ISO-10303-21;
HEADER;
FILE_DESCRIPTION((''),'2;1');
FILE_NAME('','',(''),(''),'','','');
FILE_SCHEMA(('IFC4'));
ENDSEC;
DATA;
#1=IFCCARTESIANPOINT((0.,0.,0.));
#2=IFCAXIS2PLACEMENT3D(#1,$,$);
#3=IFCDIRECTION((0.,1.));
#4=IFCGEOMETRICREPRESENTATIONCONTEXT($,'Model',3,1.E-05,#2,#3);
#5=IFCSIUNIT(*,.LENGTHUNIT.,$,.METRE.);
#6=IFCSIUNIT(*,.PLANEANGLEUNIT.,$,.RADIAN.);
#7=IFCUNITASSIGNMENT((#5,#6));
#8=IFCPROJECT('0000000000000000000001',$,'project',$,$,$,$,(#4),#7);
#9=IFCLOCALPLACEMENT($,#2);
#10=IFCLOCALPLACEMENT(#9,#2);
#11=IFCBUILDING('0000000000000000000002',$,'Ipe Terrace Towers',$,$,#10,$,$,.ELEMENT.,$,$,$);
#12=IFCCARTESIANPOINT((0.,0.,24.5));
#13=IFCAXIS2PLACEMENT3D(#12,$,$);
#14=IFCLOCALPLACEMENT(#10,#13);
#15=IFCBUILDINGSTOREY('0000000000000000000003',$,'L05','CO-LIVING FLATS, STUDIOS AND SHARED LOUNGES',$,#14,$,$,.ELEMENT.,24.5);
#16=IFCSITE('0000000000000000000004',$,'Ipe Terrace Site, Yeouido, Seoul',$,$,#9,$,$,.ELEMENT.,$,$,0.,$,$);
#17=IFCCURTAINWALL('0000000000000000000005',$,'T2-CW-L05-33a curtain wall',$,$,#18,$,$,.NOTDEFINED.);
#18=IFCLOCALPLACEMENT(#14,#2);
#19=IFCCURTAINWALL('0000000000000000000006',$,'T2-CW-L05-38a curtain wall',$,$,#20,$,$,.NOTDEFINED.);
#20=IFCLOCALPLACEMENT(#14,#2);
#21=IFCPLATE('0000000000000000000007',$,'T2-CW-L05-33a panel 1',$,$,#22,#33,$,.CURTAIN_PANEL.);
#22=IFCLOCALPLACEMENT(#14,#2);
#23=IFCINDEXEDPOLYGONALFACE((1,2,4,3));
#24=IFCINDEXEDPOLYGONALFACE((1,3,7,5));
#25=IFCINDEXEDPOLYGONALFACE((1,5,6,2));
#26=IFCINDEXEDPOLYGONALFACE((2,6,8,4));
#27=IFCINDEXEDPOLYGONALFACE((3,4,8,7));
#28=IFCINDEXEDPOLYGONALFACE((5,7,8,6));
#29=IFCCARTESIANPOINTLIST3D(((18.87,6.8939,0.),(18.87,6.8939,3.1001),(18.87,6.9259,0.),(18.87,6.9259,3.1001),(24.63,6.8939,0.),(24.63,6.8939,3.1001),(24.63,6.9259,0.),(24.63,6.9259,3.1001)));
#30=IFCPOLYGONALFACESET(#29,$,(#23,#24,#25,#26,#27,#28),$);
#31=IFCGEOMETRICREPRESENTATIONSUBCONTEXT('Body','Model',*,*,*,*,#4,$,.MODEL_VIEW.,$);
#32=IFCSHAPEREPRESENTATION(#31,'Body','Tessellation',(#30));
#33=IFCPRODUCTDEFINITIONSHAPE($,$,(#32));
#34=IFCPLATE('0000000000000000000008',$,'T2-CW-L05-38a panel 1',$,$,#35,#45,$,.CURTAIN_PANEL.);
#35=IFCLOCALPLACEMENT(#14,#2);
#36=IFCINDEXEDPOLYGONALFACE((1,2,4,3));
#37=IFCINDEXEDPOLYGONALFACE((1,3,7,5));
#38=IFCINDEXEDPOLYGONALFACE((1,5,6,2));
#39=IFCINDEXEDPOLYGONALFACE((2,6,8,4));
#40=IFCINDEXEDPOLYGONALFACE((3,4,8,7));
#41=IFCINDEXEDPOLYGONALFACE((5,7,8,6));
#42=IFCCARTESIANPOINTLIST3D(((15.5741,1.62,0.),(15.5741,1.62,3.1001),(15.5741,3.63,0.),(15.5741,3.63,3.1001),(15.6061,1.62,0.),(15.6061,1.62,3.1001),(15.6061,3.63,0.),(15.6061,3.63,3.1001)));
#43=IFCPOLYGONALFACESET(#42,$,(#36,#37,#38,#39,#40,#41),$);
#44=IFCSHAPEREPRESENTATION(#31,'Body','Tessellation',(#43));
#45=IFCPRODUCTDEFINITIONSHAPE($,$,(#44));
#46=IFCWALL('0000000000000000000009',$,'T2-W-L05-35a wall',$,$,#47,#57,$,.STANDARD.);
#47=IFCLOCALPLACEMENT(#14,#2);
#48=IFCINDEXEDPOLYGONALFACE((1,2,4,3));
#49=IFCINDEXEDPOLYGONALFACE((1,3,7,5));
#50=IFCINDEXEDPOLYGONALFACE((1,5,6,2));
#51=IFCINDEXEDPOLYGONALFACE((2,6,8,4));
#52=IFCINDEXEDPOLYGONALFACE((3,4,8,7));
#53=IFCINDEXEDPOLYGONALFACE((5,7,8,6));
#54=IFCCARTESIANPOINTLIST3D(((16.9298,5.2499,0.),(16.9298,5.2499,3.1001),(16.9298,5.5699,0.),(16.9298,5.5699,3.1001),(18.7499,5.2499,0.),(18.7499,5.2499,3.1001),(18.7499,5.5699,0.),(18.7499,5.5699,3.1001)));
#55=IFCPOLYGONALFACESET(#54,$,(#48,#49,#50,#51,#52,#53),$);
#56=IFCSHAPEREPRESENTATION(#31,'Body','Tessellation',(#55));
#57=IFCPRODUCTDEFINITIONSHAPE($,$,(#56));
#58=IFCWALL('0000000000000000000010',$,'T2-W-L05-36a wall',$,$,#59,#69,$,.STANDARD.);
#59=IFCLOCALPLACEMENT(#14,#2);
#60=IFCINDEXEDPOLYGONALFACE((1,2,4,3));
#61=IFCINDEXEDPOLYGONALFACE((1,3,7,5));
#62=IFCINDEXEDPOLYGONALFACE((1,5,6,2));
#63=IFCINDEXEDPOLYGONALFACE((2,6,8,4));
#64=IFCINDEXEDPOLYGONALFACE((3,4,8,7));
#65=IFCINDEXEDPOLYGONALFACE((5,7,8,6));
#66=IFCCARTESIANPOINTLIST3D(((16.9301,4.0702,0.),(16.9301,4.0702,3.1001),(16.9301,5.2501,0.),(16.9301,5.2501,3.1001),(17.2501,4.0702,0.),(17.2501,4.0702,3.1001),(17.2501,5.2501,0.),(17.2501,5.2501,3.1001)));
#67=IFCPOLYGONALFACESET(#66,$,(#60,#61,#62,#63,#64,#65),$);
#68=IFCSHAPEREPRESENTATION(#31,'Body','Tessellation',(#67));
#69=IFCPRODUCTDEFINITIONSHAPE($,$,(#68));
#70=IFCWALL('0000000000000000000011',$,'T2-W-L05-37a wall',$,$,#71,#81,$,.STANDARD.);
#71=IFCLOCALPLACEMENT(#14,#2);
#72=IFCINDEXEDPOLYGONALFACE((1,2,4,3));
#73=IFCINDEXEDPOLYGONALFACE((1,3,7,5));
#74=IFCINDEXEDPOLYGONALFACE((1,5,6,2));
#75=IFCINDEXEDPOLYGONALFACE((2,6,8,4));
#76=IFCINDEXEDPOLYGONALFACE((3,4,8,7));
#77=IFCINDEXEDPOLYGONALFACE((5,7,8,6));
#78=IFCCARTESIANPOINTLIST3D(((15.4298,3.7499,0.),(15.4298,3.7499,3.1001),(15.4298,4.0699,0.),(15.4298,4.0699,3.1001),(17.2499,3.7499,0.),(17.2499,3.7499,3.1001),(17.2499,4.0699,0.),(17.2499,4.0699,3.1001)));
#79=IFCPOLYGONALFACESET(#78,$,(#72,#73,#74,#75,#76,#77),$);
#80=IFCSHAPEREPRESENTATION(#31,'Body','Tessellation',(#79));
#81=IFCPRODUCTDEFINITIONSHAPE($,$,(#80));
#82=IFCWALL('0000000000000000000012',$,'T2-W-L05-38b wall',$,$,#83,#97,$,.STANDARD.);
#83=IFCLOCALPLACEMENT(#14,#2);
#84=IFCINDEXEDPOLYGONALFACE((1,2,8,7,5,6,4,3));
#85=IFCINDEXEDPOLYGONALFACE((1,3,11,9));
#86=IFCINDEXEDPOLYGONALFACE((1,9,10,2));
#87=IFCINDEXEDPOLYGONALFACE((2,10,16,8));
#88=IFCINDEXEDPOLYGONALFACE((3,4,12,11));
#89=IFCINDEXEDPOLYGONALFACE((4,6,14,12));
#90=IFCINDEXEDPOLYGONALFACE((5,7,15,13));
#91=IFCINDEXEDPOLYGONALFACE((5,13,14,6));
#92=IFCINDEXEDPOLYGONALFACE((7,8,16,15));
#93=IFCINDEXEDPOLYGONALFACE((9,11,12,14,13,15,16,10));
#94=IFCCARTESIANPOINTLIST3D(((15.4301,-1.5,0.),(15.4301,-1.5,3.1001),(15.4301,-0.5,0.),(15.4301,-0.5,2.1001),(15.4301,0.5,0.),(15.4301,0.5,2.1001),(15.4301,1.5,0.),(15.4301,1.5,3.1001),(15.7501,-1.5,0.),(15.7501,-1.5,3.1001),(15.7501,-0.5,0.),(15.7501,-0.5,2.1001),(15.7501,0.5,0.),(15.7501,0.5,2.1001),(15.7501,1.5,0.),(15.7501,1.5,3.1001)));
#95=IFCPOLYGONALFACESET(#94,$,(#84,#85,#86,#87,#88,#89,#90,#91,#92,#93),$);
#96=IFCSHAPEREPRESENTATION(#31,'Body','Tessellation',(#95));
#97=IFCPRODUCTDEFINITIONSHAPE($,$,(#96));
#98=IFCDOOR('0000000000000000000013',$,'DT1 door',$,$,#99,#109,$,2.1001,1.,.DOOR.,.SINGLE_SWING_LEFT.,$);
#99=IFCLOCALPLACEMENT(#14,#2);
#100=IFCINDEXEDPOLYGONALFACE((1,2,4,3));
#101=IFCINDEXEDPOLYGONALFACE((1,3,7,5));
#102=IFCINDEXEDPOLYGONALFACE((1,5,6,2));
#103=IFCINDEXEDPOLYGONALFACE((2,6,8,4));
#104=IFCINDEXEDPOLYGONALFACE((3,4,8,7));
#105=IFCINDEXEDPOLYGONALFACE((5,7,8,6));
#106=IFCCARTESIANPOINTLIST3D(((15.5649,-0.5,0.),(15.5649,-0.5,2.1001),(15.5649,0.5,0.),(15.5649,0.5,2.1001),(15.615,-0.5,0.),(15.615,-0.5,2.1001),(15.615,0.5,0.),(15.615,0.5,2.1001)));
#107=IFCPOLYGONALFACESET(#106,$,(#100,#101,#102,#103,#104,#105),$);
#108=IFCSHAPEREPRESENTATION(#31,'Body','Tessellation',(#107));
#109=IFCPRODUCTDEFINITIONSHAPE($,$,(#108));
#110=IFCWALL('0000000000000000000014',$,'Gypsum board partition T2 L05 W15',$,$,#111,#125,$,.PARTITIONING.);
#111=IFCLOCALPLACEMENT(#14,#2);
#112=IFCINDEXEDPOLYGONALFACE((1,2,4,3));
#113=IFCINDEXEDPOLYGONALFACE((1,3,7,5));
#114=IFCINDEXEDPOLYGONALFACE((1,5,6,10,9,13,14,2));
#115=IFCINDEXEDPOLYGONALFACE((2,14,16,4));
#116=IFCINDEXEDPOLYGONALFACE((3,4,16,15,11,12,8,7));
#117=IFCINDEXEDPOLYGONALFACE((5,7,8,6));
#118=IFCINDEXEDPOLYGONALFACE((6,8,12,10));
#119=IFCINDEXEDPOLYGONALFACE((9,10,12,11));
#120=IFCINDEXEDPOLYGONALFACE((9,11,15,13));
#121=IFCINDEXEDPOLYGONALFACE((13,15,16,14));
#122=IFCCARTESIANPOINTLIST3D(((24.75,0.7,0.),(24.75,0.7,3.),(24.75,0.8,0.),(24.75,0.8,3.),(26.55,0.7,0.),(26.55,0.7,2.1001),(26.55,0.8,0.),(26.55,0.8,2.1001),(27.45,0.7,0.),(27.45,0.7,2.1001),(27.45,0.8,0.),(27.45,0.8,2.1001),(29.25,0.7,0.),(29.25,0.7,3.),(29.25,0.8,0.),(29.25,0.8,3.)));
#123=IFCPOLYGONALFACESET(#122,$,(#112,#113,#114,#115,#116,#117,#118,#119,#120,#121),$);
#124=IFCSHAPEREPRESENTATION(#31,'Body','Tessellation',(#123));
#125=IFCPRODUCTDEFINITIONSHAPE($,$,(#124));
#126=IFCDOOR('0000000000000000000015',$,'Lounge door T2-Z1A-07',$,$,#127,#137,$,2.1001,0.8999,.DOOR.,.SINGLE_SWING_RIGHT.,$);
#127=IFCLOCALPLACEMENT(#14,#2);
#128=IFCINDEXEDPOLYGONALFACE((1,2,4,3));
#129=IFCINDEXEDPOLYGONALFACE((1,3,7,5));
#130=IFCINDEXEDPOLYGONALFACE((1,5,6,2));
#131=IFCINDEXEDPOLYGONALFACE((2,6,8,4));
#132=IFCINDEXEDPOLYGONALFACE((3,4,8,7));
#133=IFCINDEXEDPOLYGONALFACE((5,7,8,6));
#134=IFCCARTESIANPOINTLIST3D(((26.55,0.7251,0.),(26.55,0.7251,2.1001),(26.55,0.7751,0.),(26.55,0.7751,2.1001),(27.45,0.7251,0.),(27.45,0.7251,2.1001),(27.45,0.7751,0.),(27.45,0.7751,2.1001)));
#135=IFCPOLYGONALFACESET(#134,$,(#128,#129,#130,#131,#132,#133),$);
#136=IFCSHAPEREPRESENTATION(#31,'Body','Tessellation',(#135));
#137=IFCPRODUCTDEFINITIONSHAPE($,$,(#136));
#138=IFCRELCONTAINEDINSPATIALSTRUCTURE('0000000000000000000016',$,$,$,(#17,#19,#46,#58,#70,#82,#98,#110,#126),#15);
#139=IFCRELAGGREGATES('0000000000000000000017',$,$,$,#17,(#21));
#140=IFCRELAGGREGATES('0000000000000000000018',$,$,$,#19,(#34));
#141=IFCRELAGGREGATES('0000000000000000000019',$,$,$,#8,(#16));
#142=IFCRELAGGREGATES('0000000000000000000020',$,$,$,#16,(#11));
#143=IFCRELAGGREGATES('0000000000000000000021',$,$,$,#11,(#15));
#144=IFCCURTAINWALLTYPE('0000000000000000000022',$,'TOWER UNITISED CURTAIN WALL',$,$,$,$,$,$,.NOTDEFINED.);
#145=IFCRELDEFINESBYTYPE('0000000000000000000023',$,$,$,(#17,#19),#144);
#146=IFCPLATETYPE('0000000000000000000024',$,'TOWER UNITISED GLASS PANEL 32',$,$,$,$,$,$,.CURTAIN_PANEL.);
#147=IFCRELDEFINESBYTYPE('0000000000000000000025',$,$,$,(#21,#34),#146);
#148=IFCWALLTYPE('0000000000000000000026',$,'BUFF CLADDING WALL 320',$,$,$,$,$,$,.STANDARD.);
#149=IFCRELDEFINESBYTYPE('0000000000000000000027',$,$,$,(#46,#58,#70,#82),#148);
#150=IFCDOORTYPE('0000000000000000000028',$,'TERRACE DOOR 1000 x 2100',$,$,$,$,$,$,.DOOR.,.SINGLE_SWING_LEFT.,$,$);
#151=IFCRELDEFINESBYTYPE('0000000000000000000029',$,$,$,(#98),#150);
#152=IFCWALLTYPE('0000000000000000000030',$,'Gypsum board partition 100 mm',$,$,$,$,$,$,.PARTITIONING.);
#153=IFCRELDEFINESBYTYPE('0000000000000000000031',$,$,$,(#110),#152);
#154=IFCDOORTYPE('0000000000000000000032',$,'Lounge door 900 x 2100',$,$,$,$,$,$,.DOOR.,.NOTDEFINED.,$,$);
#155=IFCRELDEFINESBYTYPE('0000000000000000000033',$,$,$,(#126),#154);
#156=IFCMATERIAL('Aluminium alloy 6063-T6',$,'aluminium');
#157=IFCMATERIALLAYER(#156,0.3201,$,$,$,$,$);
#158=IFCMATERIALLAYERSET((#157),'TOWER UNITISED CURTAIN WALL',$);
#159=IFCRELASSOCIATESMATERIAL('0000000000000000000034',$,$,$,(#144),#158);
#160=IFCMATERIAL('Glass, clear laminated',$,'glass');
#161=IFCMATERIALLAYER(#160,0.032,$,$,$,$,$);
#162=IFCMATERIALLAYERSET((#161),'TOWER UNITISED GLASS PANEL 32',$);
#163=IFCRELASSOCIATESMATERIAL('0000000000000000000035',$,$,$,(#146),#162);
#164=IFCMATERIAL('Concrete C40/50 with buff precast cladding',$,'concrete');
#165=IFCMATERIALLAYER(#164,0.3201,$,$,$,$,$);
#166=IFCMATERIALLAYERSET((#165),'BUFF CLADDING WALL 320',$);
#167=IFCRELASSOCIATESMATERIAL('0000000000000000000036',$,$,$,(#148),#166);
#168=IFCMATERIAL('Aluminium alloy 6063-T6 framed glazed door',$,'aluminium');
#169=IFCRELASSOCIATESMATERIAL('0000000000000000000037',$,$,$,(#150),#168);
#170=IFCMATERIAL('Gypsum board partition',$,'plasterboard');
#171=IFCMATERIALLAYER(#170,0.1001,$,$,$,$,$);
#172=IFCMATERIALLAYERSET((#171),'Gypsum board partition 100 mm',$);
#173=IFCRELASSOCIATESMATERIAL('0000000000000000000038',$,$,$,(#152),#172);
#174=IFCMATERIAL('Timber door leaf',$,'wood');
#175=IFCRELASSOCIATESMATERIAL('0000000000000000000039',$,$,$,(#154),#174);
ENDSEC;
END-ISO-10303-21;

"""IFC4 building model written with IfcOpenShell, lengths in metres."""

from ifc_helpers import new_model, si_unit, direction, frame, frame_2d, origin, origin_2d, place, context, subcontext, project, spatial, rectangle, extrude, material, layer, layer_set, type_object, element, fill, aggregate, save


model = new_model("IFC4")

# Units and contexts
model_context = context("Model", 3, precision=1e-05, world=origin(), true_north=direction((0.0, 1.0)))
body_context = subcontext(model_context, "Body", "Model", "MODEL_VIEW")
ifc_project = project(units=[si_unit("LENGTHUNIT", "METRE"), si_unit("PLANEANGLEUNIT", "RADIAN")], contexts=[model_context])

# Site, building, storey
site_placement = place(None, origin())
site = spatial("IfcSite", under=ifc_project, at=site_placement, Name="Ipe Terrace Site, Yeouido, Seoul", CompositionType="ELEMENT", RefElevation=0.0)
building_placement = place(site_placement, origin())
building = spatial("IfcBuilding", under=site, at=building_placement, Name="Ipe Terrace Towers", CompositionType="ELEMENT")
storey_placement = place(building_placement, frame((0.0, 0.0, 24.5)))
storey = spatial("IfcBuildingStorey", under=building, at=storey_placement, Name="L05", Description="CO-LIVING FLATS, STUDIOS AND SHARED LOUNGES", CompositionType="ELEMENT", Elevation=24.5)

# Shared definitions
ifc_material_1 = material(Name="Aluminium alloy 6063-T6", Category="aluminium")
ifc_layer_1 = layer(ifc_material_1, 0.3201)
ifc_layer_set_1 = layer_set([ifc_layer_1], Name="TOWER UNITISED CURTAIN WALL")
curtain_wall_type = type_object("IfcCurtainWallType", Name="TOWER UNITISED CURTAIN WALL", PredefinedType="NOTDEFINED", material=ifc_layer_set_1)

# Curtain walls
curtain_wall_1_placement = place(storey_placement, origin())
curtain_wall_1 = element("IfcCurtainWall", 1, at=curtain_wall_1_placement, inside=storey, type_object=curtain_wall_type, Name="T2-CW-L05-33a curtain wall", PredefinedType="NOTDEFINED")
curtain_wall_2_placement = place(storey_placement, origin())
curtain_wall_2 = element("IfcCurtainWall", 2, at=curtain_wall_2_placement, inside=storey, type_object=curtain_wall_type, Name="T2-CW-L05-38a curtain wall", PredefinedType="NOTDEFINED")

# Plates
ifc_material_2 = material(Name="Glass, clear laminated", Category="glass")
ifc_layer_2 = layer(ifc_material_2, 0.032)
ifc_layer_set_2 = layer_set([ifc_layer_2], Name="TOWER UNITISED GLASS PANEL 32")
plate_type = type_object("IfcPlateType", Name="TOWER UNITISED GLASS PANEL 32", PredefinedType="CURTAIN_PANEL", material=ifc_layer_set_2)
plate_1_placement = place(storey_placement, frame((21.75, 6.9099, 0.0), z_axis=(0.0, 0.0, 1.0), x_axis=(-1.0, 0.0, 0.0)))
plate_1 = element("IfcPlate", 3, at=plate_1_placement, type_object=plate_type, Name="T2-CW-L05-33a panel 1", PredefinedType="CURTAIN_PANEL", context=body_context, shape_type="SweptSolid", body=[
    extrude(rectangle(XDim=5.76, YDim=0.032, at=origin_2d()), origin(), (0.0, 0.0, 1.0), 3.1001),
])
aggregate(curtain_wall_1, [plate_1])
plate_2_placement = place(storey_placement, frame((15.5901, 2.625, 0.0), z_axis=(0.0, 0.0, 1.0), x_axis=(0.0, -1.0, 0.0)))
plate_2 = element("IfcPlate", 4, at=plate_2_placement, type_object=plate_type, Name="T2-CW-L05-38a panel 1", PredefinedType="CURTAIN_PANEL", context=body_context, shape_type="SweptSolid", body=[
    extrude(rectangle(XDim=2.01, YDim=0.032, at=origin_2d()), origin(), (0.0, 0.0, 1.0), 3.1001),
])
aggregate(curtain_wall_2, [plate_2])

# Walls
ifc_material_3 = material(Name="Concrete C40/50 with buff precast cladding", Category="concrete")
ifc_layer_3 = layer(ifc_material_3, 0.3201)
ifc_layer_set_3 = layer_set([ifc_layer_3], Name="BUFF CLADDING WALL 320")
wall_type_1 = type_object("IfcWallType", Name="BUFF CLADDING WALL 320", PredefinedType="STANDARD", material=ifc_layer_set_3)
wall_1_placement = place(storey_placement, frame((18.75, 5.4099, 0.0), z_axis=(0.0, 0.0, 1.0), x_axis=(-1.0, 0.0, 0.0)))
element("IfcWall", 5, at=wall_1_placement, inside=storey, type_object=wall_type_1, Name="T2-W-L05-35a wall", PredefinedType="STANDARD", context=body_context, shape_type="SweptSolid", body=[
    extrude(rectangle(XDim=1.8201, YDim=0.3201, at=frame_2d((0.9102, 0.0))), origin(), (0.0, 0.0, 1.0), 3.1001),
])
wall_2_placement = place(storey_placement, frame((17.0901, 5.25, 0.0), z_axis=(0.0, 0.0, 1.0), x_axis=(0.0, -1.0, 0.0)))
element("IfcWall", 6, at=wall_2_placement, inside=storey, type_object=wall_type_1, Name="T2-W-L05-36a wall", PredefinedType="STANDARD", context=body_context, shape_type="SweptSolid", body=[
    extrude(rectangle(XDim=1.1799, YDim=0.3201, at=frame_2d((0.5898, 0.0))), origin(), (0.0, 0.0, 1.0), 3.1001),
])
wall_3_placement = place(storey_placement, frame((17.25, 3.9099, 0.0), z_axis=(0.0, 0.0, 1.0), x_axis=(-1.0, 0.0, 0.0)))
element("IfcWall", 7, at=wall_3_placement, inside=storey, type_object=wall_type_1, Name="T2-W-L05-37a wall", PredefinedType="STANDARD", context=body_context, shape_type="SweptSolid", body=[
    extrude(rectangle(XDim=1.8201, YDim=0.3201, at=frame_2d((0.9102, 0.0))), origin(), (0.0, 0.0, 1.0), 3.1001),
])

# Walls, openings, doors
wall_4_placement = place(storey_placement, frame((15.5901, 1.5, 0.0), z_axis=(0.0, 0.0, 1.0), x_axis=(0.0, -1.0, 0.0)))
wall_4 = element("IfcWall", 8, at=wall_4_placement, inside=storey, type_object=wall_type_1, Name="T2-W-L05-38b wall", PredefinedType="STANDARD", context=body_context, shape_type="SweptSolid", body=[
    extrude(rectangle(XDim=3.0, YDim=0.3201, at=frame_2d((1.5, 0.0))), origin(), (0.0, 0.0, 1.0), 3.1001),
])
opening_1_placement = place(wall_4_placement, frame((1.0, 0.0, 0.0)))
opening_1 = element("IfcOpeningElement", 9, at=opening_1_placement, cuts=wall_4, PredefinedType="OPENING", context=body_context, shape_type="SweptSolid", body=[
    extrude(rectangle(XDim=1.0, YDim=2.1001, at=frame_2d((0.5, 1.05))), frame((0.0, 0.1699, 0.0), z_axis=(0.0, -1.0, 0.0), x_axis=(1.0, 0.0, 0.0)), (0.0, 0.0, 1.0), 0.3401),
])
ifc_material_4 = material(Name="Aluminium alloy 6063-T6 framed glazed door", Category="aluminium")
door_type_1 = type_object("IfcDoorType", Name="TERRACE DOOR 1000 x 2100", OperationType="SINGLE_SWING_LEFT", PredefinedType="DOOR", material=ifc_material_4)
door_1_placement = place(opening_1_placement, origin())
door_1 = element("IfcDoor", 10, at=door_1_placement, inside=storey, type_object=door_type_1, Name="DT1 door", OperationType="SINGLE_SWING_LEFT", OverallHeight=2.1001, OverallWidth=1.0, PredefinedType="DOOR", context=body_context, shape_type="SweptSolid", body=[
    extrude(rectangle(XDim=1.0, YDim=2.1001, at=frame_2d((0.5, 1.05))), frame((0.0, 0.0249, 0.0), z_axis=(0.0, -1.0, 0.0), x_axis=(1.0, 0.0, 0.0)), (0.0, 0.0, 1.0), 0.05),
])
fill(opening_1, door_1)
ifc_material_5 = material(Name="Gypsum board partition", Category="plasterboard")
ifc_layer_4 = layer(ifc_material_5, 0.1001)
ifc_layer_set_4 = layer_set([ifc_layer_4], Name="Gypsum board partition 100 mm")
wall_type_2 = type_object("IfcWallType", Name="Gypsum board partition 100 mm", PredefinedType="PARTITIONING", material=ifc_layer_set_4)
wall_5_placement = place(storey_placement, frame((29.25, 0.75, 0.0), z_axis=(0.0, 0.0, 1.0), x_axis=(-1.0, 0.0, 0.0)))
wall_5 = element("IfcWall", 11, at=wall_5_placement, inside=storey, type_object=wall_type_2, Name="Gypsum board partition T2 L05 W15", PredefinedType="PARTITIONING", context=body_context, shape_type="SweptSolid", body=[
    extrude(rectangle(XDim=4.5, YDim=0.1001, at=frame_2d((2.25, 0.0))), origin(), (0.0, 0.0, 1.0), 3.0),
])
opening_2_placement = place(wall_5_placement, frame((1.8, 0.0, 0.0)))
opening_2 = element("IfcOpeningElement", 12, at=opening_2_placement, cuts=wall_5, PredefinedType="OPENING", context=body_context, shape_type="SweptSolid", body=[
    extrude(rectangle(XDim=0.8999, YDim=2.1001, at=frame_2d((0.45, 1.05))), frame((0.0, 0.0601, 0.0), z_axis=(0.0, -1.0, 0.0), x_axis=(1.0, 0.0, 0.0)), (0.0, 0.0, 1.0), 0.1201),
])
ifc_material_6 = material(Name="Timber door leaf", Category="wood")
door_type_2 = type_object("IfcDoorType", Name="Lounge door 900 x 2100", OperationType="NOTDEFINED", PredefinedType="DOOR", material=ifc_material_6)
door_2_placement = place(opening_2_placement, origin())
door_2 = element("IfcDoor", 13, at=door_2_placement, inside=storey, type_object=door_type_2, Name="Lounge door T2-Z1A-07", OperationType="SINGLE_SWING_RIGHT", OverallHeight=2.1001, OverallWidth=0.8999, PredefinedType="DOOR", context=body_context, shape_type="SweptSolid", body=[
    extrude(rectangle(XDim=0.8999, YDim=2.1001, at=frame_2d((0.45, 1.05))), frame((0.0, 0.0249, 0.0), z_axis=(0.0, -1.0, 0.0), x_axis=(1.0, 0.0, 0.0)), (0.0, 0.0, 1.0), 0.05),
])
fill(opening_2, door_2)

save(model, "model.ifc")
